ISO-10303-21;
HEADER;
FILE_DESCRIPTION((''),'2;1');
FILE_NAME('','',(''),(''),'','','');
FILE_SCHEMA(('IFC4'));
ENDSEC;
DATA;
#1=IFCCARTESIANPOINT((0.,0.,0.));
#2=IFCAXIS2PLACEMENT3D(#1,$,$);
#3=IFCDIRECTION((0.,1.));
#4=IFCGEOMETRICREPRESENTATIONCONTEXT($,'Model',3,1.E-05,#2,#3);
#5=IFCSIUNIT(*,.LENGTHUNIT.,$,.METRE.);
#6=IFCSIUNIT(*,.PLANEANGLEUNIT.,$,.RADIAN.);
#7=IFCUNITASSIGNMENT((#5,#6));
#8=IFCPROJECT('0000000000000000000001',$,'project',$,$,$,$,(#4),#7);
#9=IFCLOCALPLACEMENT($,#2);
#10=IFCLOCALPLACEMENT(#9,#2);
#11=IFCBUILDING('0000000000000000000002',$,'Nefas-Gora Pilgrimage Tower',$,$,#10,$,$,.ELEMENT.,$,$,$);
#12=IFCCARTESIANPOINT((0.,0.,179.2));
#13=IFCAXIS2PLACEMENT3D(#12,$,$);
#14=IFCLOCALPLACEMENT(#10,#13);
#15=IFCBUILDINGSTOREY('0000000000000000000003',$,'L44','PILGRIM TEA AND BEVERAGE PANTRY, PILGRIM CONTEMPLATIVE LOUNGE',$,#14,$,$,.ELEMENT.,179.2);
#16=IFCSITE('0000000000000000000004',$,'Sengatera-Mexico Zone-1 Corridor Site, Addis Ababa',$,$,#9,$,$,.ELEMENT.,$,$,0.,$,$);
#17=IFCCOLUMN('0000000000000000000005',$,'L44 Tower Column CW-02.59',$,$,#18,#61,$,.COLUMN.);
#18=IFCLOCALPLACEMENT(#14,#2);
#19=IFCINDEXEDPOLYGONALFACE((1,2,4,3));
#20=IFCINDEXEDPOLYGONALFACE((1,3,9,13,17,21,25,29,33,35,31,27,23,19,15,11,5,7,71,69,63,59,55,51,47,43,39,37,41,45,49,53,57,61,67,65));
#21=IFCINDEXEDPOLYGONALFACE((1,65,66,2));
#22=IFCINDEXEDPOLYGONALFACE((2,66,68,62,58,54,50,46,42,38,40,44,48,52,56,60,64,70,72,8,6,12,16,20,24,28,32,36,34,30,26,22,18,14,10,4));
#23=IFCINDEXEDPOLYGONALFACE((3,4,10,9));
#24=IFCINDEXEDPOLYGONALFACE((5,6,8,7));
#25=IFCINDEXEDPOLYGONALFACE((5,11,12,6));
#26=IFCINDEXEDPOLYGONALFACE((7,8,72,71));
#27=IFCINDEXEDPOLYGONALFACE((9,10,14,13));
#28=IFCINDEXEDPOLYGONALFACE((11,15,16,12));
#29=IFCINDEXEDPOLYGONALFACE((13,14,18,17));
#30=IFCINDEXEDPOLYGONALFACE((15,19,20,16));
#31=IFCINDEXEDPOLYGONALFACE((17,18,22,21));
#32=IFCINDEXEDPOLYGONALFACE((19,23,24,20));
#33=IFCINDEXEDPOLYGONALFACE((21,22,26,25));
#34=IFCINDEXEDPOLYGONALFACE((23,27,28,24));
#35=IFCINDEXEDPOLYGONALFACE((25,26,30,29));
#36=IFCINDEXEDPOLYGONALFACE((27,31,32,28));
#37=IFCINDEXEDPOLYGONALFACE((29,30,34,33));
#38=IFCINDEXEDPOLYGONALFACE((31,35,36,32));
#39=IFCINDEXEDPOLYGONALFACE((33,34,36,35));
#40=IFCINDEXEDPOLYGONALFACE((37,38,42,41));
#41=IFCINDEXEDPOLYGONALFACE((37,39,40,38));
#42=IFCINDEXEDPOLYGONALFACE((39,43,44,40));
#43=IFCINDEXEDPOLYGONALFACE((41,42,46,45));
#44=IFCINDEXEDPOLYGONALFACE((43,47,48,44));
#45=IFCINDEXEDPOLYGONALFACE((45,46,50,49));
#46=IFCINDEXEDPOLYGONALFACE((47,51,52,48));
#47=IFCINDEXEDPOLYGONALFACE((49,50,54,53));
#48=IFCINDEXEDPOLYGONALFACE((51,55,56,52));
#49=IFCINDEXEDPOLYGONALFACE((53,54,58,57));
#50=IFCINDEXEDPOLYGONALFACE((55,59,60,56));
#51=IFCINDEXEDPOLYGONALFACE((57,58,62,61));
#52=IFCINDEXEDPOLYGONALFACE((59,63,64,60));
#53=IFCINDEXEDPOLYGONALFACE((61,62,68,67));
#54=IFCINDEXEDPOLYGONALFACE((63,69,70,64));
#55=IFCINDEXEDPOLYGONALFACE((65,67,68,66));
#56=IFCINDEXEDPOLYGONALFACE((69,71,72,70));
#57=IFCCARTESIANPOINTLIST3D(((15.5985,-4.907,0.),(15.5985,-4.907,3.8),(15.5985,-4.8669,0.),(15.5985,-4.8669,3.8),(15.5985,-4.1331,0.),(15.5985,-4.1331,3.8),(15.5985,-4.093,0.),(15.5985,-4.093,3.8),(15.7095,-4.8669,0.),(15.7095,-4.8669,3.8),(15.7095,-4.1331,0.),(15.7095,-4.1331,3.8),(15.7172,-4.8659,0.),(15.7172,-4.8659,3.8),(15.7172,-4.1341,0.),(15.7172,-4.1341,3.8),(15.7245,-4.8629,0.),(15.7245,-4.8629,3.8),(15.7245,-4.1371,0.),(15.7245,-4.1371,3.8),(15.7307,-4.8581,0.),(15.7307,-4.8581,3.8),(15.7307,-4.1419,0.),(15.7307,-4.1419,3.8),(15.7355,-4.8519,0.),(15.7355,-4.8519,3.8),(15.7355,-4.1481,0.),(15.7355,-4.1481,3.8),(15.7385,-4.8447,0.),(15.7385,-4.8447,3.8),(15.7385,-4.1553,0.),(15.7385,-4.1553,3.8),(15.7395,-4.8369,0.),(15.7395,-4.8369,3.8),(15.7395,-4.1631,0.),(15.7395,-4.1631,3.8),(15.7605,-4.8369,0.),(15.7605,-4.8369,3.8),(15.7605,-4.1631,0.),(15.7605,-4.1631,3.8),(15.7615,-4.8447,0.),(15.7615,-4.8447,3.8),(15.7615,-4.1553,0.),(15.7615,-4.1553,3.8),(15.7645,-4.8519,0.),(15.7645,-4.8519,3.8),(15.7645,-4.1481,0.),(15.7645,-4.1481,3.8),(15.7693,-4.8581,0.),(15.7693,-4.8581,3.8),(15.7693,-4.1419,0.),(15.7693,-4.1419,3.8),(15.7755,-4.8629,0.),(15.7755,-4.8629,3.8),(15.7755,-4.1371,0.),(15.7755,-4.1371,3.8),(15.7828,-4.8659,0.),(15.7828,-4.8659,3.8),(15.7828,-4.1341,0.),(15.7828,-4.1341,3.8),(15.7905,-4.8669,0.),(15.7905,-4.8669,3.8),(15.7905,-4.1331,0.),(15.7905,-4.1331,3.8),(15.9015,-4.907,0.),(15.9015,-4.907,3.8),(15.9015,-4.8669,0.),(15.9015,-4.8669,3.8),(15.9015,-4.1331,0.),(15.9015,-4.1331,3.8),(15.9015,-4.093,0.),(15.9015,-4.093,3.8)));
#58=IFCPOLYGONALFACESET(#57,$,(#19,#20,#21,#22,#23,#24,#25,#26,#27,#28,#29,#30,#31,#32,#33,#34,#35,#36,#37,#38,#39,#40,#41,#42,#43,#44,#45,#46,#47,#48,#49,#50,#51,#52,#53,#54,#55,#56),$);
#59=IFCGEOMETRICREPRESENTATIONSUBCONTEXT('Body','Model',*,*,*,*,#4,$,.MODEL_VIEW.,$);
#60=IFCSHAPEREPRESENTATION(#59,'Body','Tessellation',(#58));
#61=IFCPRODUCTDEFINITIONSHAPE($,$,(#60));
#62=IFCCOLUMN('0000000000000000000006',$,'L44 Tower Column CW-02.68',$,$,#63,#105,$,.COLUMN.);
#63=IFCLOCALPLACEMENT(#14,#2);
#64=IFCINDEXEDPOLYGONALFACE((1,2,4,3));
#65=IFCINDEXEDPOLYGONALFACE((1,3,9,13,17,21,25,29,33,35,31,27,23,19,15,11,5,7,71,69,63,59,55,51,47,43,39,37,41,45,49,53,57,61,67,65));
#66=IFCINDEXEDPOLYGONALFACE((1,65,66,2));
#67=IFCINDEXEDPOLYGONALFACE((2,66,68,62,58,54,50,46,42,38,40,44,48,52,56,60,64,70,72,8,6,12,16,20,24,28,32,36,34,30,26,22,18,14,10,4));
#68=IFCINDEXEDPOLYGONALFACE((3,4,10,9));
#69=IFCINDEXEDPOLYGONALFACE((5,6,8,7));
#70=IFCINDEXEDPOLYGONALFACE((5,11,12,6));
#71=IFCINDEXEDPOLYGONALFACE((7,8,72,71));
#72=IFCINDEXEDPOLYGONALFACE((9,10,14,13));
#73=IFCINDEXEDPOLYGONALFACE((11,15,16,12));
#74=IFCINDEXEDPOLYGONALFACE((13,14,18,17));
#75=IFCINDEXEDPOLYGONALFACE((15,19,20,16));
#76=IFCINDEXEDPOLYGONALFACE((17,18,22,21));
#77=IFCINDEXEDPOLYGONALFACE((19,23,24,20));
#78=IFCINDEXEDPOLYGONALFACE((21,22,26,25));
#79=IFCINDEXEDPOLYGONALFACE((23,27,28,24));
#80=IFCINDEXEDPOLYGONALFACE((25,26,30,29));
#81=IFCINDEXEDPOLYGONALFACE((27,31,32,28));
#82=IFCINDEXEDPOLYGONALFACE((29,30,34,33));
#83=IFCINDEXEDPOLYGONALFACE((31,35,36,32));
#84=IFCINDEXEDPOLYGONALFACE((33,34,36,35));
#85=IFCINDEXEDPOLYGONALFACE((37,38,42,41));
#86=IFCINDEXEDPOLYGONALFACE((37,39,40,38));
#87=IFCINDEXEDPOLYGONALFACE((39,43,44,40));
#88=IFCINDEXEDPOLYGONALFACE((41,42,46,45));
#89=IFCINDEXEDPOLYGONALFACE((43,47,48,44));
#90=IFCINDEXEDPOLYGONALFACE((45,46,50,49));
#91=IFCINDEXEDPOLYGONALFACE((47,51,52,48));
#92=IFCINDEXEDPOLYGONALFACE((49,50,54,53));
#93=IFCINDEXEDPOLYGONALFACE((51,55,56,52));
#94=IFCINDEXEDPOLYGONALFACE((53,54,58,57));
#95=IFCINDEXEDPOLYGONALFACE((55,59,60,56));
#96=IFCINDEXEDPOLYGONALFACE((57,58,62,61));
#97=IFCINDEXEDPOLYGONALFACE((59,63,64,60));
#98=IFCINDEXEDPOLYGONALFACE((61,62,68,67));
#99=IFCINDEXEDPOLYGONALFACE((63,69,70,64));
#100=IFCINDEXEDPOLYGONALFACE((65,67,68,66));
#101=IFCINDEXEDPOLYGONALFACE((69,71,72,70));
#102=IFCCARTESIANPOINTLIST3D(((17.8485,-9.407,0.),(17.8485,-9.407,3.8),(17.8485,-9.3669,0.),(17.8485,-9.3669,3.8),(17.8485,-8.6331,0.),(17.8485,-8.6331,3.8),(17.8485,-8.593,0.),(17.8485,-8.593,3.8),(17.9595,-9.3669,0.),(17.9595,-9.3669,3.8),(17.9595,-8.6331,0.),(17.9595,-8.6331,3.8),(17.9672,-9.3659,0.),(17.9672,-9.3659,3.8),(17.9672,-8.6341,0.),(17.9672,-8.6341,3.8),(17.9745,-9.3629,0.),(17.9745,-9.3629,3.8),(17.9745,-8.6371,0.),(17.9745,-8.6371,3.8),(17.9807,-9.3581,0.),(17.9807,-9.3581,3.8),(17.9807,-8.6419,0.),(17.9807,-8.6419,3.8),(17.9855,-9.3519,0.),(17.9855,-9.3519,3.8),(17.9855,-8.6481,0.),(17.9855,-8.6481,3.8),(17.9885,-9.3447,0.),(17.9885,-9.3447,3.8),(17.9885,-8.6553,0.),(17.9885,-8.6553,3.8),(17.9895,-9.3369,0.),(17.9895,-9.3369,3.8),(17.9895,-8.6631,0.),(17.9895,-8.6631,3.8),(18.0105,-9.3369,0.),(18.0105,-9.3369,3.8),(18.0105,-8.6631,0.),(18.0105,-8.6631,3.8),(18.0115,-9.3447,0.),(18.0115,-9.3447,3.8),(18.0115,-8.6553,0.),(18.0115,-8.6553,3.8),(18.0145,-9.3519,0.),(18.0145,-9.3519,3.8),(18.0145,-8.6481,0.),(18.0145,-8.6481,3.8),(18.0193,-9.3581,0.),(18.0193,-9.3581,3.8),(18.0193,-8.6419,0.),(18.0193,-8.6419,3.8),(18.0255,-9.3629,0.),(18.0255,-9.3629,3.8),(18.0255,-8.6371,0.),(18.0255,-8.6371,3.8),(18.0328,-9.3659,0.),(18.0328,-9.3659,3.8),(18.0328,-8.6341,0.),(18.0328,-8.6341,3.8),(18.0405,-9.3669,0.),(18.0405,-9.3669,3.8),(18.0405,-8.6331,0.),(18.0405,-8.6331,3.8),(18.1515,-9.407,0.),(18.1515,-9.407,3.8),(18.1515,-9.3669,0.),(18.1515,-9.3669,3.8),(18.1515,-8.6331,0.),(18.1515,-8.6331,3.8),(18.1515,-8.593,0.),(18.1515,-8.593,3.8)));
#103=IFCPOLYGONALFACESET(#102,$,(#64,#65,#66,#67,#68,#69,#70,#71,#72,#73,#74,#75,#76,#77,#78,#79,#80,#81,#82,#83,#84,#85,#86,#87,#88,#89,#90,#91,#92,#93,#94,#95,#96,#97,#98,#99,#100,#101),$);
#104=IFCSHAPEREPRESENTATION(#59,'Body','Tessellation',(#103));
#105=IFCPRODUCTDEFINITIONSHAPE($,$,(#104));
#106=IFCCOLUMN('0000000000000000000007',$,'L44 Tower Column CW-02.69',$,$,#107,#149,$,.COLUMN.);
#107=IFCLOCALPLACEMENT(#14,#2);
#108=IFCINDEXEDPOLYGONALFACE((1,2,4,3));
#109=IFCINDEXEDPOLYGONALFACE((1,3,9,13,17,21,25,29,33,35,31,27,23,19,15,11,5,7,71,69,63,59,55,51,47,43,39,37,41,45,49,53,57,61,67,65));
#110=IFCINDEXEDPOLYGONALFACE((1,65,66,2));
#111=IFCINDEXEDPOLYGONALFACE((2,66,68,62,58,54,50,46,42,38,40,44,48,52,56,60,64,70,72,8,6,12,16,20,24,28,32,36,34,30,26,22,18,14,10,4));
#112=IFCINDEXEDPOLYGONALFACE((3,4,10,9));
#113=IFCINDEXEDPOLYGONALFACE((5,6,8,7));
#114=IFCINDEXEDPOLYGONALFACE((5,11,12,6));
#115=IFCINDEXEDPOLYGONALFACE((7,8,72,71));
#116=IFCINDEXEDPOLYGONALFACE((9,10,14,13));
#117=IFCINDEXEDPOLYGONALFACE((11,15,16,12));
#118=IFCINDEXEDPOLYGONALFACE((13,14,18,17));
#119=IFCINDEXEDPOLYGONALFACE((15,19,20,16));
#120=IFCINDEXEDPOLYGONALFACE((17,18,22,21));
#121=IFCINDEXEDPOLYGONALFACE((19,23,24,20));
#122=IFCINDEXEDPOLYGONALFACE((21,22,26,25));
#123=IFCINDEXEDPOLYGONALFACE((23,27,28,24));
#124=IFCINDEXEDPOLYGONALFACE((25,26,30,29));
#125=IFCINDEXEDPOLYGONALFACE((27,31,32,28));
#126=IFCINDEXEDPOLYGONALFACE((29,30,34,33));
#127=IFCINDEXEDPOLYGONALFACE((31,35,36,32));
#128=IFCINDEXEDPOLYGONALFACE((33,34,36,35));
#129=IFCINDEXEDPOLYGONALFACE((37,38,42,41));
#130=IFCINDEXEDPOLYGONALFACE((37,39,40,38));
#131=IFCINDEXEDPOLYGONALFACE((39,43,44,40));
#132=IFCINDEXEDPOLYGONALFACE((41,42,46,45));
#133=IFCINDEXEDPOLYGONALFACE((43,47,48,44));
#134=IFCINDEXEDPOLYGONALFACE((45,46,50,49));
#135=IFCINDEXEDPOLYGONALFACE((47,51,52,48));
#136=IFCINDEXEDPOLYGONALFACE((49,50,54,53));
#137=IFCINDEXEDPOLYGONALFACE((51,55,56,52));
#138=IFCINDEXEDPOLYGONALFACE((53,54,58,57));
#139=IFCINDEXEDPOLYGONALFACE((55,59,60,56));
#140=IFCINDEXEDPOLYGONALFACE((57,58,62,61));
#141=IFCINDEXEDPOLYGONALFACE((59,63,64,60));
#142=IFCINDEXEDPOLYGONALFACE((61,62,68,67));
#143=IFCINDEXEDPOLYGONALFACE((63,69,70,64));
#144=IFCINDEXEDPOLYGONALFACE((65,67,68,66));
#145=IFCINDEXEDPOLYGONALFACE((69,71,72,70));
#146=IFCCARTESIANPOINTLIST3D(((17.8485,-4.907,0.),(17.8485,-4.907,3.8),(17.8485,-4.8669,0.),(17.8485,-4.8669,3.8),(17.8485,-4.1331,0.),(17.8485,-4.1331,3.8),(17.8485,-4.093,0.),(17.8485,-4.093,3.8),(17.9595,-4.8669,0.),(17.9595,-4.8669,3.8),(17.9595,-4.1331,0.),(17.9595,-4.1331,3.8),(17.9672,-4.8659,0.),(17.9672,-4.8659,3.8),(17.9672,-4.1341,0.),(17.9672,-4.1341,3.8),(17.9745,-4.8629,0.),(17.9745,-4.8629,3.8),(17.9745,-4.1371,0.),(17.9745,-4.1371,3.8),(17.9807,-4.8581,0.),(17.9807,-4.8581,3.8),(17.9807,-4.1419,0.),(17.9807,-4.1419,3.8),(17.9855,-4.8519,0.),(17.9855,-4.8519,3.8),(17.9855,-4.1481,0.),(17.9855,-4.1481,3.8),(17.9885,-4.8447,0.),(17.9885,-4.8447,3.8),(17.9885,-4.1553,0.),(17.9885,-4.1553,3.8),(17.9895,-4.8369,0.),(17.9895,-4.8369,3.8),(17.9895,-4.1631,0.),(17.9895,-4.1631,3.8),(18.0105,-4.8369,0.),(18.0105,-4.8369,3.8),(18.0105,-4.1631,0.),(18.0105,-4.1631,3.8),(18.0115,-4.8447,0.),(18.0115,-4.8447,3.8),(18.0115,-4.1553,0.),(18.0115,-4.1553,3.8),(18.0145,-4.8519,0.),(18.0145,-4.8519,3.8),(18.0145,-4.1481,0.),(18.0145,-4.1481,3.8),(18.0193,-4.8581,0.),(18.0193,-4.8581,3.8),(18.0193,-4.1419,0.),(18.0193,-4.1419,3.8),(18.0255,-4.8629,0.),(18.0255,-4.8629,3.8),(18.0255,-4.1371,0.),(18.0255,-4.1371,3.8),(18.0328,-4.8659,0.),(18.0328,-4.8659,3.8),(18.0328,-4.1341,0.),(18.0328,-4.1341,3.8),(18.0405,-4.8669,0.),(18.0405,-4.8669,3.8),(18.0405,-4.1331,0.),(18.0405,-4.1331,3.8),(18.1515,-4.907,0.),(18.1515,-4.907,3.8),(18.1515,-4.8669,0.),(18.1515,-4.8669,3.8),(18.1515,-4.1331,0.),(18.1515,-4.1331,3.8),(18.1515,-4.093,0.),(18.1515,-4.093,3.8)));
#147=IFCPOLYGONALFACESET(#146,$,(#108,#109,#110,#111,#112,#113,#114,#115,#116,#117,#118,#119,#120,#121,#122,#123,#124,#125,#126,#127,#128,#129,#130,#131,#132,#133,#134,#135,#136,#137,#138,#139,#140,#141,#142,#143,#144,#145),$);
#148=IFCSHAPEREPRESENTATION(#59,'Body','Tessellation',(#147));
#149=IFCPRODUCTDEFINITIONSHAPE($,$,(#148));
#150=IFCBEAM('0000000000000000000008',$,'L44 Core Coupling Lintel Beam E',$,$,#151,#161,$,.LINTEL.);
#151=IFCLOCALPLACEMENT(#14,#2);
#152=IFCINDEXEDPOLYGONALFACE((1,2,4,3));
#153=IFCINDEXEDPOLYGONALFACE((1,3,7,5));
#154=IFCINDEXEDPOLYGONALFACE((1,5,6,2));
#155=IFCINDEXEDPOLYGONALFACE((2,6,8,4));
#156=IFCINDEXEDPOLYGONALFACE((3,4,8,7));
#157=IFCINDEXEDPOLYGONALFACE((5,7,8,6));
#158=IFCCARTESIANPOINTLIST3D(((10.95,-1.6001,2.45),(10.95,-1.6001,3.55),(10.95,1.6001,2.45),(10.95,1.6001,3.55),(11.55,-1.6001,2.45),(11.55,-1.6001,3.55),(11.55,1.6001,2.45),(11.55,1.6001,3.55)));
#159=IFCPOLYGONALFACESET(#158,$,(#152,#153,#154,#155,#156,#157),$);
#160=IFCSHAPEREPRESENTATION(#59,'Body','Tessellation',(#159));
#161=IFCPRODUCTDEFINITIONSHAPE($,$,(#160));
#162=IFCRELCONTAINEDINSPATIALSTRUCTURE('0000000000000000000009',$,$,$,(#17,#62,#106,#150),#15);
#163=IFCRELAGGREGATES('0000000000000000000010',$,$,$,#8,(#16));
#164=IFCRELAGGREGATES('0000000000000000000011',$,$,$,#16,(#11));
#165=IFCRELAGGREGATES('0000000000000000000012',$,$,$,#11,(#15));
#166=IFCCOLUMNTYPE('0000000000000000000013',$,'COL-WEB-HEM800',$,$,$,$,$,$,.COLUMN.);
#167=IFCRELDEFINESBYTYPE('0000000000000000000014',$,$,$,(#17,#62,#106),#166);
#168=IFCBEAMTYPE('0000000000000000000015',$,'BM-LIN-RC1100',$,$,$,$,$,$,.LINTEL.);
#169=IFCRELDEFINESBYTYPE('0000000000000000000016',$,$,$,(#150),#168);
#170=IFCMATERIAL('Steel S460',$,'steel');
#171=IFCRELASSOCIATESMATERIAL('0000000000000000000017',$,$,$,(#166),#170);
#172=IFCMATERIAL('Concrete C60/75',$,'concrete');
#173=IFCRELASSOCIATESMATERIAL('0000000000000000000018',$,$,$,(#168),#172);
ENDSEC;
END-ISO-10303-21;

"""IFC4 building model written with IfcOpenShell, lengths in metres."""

from ifc_helpers import new_model, si_unit, direction, frame, origin, origin_2d, place, context, subcontext, project, spatial, rectangle, i_section, extrude, source, transform, mapped, material, material_profile, profile_set, type_object, element, save


model = new_model("IFC4")

# Units and contexts
model_context = context("Model", 3, precision=1e-05, world=origin(), true_north=direction((0.0, 1.0)))
body_context = subcontext(model_context, "Body", "Model", "MODEL_VIEW")
ifc_project = project(units=[si_unit("LENGTHUNIT", "METRE"), si_unit("PLANEANGLEUNIT", "RADIAN")], contexts=[model_context])

# Site, building, storey
site_placement = place(None, origin())
site = spatial("IfcSite", under=ifc_project, at=site_placement, Name="Sengatera-Mexico Zone-1 Corridor Site, Addis Ababa", CompositionType="ELEMENT", RefElevation=0.0)
building_placement = place(site_placement, origin())
building = spatial("IfcBuilding", under=site, at=building_placement, Name="Nefas-Gora Pilgrimage Tower", CompositionType="ELEMENT")
storey_placement = place(building_placement, frame((0.0, 0.0, 179.2)))
storey = spatial("IfcBuildingStorey", under=building, at=storey_placement, Name="L44", Description="PILGRIM TEA AND BEVERAGE PANTRY, PILGRIM CONTEMPLATIVE LOUNGE", CompositionType="ELEMENT", Elevation=179.2)

# Columns
ifc_material_1 = material(Name="Steel S460", Category="steel")
ifc_material_profile_1 = material_profile(ifc_material_1, i_section(OverallWidth=0.303, OverallDepth=0.814, WebThickness=0.021, FlangeThickness=0.04, FilletRadius=0.03, at=origin_2d()), Name="HEM 800")
ifc_profile_set_1 = profile_set([ifc_material_profile_1], Name="Steel S460")
column_type_1 = type_object("IfcColumnType", Name="COL-WEB-HEM800", PredefinedType="COLUMN", material=ifc_profile_set_1)
shared_shape_1 = source(origin(), body_context, "Body", "SweptSolid", [
    extrude(i_section(OverallWidth=0.303, OverallDepth=0.814, WebThickness=0.021, FlangeThickness=0.04, FilletRadius=0.03, at=origin_2d()), origin(), (0.0, 0.0, 1.0), 3.8),
])
for number, where, z_axis, x_axis, name in (
    (1, (15.75, -4.5, 0.0), (0.0, 0.0, 1.0), (1.0, 0.0, 0.0), "L44 Tower Column CW-02.59"),
    (2, (18.0, -9.0, 0.0), (0.0, 0.0, 1.0), (1.0, 0.0, 0.0), "L44 Tower Column CW-02.68"),
    (3, (18.0, -4.5, 0.0), (0.0, 0.0, 1.0), (1.0, 0.0, 0.0), "L44 Tower Column CW-02.69"),
):
    element("IfcColumn", number, at=place(storey_placement, frame(where, z_axis=z_axis, x_axis=x_axis)), inside=storey, type_object=column_type_1, Name=name, PredefinedType="COLUMN", context=body_context, shape_type="MappedRepresentation", body=[
        mapped(shared_shape_1, transform((0.0, 0.0, 0.0), x_axis=(1.0, 0.0, 0.0), y_axis=(0.0, 1.0, 0.0), z_axis=(0.0, 0.0, 1.0), scale=1.0)),
    ])

# Beam
ifc_material_2 = material(Name="Concrete C60/75", Category="concrete")
ifc_material_profile_2 = material_profile(ifc_material_2, rectangle(XDim=0.6001, YDim=1.1001, at=origin_2d()), Name="RC 600x1100")
ifc_profile_set_2 = profile_set([ifc_material_profile_2], Name="Concrete C60/75")
beam_type_1 = type_object("IfcBeamType", Name="BM-LIN-RC1100", PredefinedType="LINTEL", material=ifc_profile_set_2)
shared_shape_2 = source(origin(), body_context, "Body", "SweptSolid", [
    extrude(rectangle(XDim=0.6001, YDim=1.1001, at=origin_2d()), origin(), (0.0, 0.0, 1.0), 3.2002),
])
beam_placement = place(storey_placement, frame((11.25, -1.6001, 3.0), z_axis=(0.0, 1.0, 0.0), x_axis=(-1.0, 0.0, 0.0)))
element("IfcBeam", 4, at=beam_placement, inside=storey, type_object=beam_type_1, Name="L44 Core Coupling Lintel Beam E", PredefinedType="LINTEL", context=body_context, shape_type="MappedRepresentation", body=[
    mapped(shared_shape_2, transform((0.0, 0.0, 0.0), x_axis=(1.0, 0.0, 0.0), y_axis=(0.0, 1.0, 0.0), z_axis=(0.0, 0.0, 1.0), scale=1.0)),
])

save(model, "model.ifc")
